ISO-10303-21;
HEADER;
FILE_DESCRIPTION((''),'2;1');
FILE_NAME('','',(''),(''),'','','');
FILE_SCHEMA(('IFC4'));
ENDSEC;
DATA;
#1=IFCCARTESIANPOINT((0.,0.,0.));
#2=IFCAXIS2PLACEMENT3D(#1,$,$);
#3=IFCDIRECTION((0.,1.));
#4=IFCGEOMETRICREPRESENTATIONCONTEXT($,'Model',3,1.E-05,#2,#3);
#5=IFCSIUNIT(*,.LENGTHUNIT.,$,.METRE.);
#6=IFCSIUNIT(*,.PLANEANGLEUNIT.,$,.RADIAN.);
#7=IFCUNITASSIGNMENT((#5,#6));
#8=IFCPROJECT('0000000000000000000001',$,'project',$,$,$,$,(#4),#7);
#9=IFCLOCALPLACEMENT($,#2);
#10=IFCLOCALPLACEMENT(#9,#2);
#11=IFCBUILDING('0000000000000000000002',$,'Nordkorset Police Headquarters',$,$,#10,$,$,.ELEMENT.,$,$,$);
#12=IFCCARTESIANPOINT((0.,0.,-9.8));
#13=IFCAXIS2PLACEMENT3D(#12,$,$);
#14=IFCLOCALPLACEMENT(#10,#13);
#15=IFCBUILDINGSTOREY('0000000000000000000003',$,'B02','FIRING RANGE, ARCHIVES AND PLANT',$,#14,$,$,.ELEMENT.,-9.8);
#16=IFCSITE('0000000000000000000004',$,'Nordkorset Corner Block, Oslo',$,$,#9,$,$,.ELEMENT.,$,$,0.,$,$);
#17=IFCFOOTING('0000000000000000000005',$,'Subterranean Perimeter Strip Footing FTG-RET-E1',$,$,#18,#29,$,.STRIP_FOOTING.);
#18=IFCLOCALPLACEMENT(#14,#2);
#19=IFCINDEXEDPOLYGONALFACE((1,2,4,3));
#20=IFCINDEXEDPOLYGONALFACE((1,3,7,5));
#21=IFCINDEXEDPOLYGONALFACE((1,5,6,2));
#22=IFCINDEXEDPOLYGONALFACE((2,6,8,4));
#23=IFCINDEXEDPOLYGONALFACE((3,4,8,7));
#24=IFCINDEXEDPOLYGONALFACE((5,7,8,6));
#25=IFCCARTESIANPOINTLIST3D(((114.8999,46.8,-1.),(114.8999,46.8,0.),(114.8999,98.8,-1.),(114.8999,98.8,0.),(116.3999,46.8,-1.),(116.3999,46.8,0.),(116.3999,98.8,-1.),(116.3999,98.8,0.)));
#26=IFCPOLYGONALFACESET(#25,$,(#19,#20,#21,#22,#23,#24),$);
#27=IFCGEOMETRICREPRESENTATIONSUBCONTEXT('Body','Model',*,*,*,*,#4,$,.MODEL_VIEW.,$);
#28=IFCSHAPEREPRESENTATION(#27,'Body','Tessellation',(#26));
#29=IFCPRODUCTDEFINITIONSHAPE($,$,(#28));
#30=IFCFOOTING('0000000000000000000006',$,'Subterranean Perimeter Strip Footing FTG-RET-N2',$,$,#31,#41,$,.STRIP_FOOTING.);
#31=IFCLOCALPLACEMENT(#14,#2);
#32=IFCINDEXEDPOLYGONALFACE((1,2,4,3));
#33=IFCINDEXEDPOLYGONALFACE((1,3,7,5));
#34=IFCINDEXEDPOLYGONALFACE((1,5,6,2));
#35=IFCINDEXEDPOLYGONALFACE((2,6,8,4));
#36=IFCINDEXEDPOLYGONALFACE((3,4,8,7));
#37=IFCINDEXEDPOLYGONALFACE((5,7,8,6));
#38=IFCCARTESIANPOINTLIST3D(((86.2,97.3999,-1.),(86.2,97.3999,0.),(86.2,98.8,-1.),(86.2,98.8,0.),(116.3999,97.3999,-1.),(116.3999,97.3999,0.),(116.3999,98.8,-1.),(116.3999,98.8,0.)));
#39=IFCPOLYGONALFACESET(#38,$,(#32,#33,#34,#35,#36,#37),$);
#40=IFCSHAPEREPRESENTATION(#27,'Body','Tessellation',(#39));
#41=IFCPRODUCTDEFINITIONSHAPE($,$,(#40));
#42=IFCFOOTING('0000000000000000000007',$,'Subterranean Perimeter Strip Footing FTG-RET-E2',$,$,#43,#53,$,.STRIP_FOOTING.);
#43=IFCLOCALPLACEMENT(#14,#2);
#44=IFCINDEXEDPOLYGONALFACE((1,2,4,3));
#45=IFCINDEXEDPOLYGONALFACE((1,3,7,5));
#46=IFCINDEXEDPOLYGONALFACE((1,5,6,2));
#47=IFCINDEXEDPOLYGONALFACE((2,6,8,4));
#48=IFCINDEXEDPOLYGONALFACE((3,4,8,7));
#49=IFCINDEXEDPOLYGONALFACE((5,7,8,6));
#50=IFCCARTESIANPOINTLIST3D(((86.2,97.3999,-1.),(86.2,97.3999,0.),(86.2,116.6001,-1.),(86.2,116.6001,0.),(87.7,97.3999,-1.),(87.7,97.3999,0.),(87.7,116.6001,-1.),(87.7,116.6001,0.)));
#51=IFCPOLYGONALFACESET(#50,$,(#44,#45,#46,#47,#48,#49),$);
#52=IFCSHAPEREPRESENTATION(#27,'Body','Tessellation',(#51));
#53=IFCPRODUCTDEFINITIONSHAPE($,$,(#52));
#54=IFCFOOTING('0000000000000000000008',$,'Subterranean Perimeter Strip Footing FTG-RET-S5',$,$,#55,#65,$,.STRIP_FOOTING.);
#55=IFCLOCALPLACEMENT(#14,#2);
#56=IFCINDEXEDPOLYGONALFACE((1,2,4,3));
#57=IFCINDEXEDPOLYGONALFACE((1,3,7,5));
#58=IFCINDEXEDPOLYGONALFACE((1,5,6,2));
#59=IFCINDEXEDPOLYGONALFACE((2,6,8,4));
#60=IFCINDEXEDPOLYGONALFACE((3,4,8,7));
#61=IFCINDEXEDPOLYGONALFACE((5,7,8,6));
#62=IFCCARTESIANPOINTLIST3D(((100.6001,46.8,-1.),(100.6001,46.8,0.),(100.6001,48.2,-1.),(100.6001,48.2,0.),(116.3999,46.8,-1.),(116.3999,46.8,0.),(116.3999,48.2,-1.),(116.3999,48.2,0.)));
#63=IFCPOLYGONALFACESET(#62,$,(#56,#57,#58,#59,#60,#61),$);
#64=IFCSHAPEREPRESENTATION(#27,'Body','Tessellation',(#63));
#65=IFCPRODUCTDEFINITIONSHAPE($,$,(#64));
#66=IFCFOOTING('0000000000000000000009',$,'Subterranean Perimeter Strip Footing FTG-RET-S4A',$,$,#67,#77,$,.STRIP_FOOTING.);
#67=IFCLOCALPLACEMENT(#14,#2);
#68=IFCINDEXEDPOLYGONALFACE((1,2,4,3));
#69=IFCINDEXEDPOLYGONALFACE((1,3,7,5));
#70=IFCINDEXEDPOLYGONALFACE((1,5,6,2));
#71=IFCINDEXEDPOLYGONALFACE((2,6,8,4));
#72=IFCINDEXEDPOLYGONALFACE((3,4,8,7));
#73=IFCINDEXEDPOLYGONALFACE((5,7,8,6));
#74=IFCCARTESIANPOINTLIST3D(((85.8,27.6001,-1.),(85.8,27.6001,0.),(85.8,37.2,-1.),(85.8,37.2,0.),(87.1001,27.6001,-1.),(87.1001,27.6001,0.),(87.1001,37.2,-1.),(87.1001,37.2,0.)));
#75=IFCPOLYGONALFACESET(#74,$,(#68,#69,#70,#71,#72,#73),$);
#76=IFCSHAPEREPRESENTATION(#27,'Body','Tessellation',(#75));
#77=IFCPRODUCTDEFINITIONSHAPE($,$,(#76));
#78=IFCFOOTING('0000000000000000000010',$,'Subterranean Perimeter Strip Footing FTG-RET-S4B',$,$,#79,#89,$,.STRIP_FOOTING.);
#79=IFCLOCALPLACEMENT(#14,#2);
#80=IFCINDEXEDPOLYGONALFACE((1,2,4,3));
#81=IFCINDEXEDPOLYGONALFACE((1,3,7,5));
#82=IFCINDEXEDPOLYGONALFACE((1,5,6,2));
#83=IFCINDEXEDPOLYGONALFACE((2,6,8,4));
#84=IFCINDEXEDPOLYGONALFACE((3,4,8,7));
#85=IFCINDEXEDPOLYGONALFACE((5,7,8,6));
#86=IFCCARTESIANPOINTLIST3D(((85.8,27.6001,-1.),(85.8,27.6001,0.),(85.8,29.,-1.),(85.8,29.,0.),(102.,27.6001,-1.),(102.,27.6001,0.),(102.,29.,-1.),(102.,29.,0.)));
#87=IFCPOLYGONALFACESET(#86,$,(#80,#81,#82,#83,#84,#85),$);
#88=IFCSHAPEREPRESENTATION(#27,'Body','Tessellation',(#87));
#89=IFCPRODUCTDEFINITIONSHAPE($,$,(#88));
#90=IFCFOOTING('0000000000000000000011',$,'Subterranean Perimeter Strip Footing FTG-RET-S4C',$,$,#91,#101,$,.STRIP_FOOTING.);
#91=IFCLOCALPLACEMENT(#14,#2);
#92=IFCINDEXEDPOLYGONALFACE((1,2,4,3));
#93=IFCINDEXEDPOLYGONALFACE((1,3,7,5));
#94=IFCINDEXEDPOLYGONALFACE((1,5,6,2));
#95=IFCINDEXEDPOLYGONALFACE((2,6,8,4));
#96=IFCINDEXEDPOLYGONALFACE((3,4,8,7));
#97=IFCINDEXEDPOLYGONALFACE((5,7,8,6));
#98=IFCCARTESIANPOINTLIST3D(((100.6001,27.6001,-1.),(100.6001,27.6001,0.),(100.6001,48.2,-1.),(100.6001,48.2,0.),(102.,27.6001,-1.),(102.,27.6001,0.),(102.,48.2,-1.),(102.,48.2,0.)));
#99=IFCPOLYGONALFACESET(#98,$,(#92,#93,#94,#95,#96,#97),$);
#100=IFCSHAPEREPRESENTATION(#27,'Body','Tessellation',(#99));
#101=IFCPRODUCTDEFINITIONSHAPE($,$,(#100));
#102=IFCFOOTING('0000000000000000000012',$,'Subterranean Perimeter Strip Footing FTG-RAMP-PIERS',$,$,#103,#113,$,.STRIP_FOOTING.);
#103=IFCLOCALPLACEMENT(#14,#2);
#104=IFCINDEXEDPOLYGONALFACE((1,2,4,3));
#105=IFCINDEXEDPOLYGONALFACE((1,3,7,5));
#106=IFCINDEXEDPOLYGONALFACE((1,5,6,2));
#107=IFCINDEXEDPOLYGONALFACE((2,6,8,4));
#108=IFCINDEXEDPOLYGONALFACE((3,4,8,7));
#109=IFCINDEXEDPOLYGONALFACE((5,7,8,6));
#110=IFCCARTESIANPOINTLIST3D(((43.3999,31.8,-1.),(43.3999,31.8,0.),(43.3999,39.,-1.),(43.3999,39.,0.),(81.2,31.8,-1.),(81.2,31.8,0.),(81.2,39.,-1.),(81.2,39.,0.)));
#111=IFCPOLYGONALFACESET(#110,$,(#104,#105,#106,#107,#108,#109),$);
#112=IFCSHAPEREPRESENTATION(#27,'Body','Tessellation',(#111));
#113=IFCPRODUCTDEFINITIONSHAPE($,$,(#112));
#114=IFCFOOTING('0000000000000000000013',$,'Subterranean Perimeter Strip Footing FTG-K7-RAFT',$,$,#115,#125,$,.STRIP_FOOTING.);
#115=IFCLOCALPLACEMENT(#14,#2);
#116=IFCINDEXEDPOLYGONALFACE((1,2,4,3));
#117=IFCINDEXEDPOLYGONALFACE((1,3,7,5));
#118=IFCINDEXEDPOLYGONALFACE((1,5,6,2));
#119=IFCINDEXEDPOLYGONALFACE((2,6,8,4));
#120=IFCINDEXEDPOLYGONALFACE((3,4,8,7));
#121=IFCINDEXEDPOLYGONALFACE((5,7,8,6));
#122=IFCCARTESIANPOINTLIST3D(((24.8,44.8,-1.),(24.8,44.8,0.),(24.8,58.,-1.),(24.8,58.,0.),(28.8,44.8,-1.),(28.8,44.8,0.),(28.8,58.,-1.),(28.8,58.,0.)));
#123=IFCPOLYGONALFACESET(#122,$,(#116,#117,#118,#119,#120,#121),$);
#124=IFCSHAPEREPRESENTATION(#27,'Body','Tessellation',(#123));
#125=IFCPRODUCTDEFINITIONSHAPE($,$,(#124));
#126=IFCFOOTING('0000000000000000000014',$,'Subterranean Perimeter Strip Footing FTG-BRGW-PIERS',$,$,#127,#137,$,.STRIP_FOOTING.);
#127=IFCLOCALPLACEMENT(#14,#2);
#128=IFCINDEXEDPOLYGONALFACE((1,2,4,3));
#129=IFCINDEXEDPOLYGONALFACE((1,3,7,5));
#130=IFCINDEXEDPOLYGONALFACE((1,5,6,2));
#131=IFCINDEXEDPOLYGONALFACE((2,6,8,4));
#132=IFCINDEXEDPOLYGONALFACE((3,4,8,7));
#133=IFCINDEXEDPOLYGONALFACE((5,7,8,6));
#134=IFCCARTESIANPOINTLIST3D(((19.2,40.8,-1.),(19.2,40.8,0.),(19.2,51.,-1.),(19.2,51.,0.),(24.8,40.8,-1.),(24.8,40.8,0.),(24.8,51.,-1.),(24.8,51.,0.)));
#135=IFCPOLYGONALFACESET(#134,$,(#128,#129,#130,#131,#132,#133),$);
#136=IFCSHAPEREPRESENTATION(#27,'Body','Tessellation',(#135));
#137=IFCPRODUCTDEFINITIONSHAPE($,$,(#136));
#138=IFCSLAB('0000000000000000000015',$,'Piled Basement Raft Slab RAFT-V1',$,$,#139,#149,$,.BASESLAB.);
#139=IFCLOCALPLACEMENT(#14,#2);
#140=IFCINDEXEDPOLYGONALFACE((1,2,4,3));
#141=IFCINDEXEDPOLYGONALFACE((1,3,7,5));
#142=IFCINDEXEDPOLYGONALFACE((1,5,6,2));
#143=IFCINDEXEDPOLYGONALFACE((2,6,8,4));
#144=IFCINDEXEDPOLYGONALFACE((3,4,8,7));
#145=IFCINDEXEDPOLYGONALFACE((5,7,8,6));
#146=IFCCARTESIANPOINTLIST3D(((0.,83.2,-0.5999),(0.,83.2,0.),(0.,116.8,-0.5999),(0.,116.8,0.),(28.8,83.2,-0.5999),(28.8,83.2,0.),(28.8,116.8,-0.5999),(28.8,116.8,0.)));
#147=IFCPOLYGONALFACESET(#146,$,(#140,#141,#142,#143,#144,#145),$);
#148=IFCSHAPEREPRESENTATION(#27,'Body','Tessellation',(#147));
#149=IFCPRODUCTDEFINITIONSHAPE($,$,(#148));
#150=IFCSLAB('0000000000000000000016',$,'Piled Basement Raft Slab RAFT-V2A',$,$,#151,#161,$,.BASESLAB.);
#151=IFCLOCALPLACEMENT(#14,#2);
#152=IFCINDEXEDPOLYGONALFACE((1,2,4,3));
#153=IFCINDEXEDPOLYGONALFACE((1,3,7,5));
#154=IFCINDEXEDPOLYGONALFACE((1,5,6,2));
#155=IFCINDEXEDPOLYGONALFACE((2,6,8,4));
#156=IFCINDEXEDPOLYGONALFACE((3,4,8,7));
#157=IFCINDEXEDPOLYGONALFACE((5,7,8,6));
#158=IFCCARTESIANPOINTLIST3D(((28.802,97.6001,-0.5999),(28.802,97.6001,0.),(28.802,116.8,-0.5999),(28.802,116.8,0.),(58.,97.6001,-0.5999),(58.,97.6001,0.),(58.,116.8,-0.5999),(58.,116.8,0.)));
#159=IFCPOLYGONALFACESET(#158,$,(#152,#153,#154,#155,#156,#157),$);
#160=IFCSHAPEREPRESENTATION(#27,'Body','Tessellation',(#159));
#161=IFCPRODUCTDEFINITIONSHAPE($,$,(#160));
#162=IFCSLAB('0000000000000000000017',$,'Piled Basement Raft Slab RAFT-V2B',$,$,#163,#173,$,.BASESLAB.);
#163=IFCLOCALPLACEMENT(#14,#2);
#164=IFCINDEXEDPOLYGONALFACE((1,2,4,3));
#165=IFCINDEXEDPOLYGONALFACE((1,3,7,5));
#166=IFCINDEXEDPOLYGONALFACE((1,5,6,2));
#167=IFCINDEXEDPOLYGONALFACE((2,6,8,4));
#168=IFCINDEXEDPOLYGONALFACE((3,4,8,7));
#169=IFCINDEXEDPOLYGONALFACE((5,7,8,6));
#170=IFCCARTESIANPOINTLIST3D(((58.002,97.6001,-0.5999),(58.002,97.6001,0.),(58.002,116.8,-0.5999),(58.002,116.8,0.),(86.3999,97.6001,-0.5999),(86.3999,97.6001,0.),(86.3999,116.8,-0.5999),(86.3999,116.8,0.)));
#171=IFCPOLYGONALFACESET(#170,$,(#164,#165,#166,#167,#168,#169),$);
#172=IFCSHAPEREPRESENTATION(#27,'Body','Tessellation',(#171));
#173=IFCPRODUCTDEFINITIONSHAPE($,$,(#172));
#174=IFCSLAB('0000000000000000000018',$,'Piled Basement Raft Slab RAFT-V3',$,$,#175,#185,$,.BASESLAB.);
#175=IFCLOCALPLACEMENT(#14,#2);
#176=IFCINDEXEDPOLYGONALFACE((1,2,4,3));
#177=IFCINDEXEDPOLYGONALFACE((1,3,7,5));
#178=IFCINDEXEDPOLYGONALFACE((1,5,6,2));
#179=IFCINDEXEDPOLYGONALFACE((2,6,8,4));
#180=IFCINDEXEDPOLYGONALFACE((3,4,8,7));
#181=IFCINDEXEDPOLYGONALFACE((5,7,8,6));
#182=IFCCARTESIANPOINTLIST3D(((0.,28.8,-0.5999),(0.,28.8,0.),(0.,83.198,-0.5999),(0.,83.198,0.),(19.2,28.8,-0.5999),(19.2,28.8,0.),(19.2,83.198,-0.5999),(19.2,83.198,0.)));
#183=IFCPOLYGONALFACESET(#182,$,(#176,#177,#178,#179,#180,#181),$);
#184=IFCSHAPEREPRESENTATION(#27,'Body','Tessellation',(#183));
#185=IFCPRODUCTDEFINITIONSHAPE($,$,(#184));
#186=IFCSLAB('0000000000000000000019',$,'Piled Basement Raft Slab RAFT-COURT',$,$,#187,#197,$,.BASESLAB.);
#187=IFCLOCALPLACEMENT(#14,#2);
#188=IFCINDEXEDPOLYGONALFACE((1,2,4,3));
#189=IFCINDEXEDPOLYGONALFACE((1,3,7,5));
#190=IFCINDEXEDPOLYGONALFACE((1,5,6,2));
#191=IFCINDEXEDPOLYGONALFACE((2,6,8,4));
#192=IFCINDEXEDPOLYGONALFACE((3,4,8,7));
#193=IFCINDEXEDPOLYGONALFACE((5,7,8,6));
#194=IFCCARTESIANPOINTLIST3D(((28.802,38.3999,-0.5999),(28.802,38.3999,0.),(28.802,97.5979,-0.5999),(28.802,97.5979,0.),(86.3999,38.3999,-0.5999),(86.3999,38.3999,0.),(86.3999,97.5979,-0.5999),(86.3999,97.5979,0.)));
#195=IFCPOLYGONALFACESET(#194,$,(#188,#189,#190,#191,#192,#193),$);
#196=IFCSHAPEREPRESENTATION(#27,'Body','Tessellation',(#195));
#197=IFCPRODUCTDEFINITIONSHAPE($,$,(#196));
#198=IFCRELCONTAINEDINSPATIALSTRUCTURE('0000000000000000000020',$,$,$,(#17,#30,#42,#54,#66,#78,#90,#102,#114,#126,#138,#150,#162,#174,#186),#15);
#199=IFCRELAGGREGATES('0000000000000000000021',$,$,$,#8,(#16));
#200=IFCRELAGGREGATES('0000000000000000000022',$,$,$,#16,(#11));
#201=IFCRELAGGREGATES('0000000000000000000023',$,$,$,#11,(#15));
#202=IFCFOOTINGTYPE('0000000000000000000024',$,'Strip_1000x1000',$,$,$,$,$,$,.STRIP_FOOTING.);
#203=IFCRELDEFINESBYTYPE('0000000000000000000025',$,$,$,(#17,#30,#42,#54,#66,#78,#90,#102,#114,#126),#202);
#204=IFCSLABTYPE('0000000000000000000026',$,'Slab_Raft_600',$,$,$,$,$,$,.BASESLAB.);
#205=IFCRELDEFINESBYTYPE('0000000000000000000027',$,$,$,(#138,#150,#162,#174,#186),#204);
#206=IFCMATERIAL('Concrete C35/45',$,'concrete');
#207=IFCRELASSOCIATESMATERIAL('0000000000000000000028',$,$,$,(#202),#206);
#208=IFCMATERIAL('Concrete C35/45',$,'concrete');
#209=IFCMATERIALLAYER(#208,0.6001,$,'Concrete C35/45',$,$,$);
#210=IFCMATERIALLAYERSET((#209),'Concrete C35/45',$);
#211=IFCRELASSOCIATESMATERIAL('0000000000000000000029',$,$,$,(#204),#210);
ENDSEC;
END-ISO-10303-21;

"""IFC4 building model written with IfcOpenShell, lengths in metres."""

from ifc_helpers import new_model, si_unit, direction, frame, origin, place, context, subcontext, project, spatial, polyline, outline, extrude, material, layer, layer_set, type_object, element, save


model = new_model("IFC4")

# Units and contexts
model_context = context("Model", 3, precision=1e-05, world=origin(), true_north=direction((0.0, 1.0)))
body_context = subcontext(model_context, "Body", "Model", "MODEL_VIEW")
ifc_project = project(units=[si_unit("LENGTHUNIT", "METRE"), si_unit("PLANEANGLEUNIT", "RADIAN")], contexts=[model_context])

# Site, building, storey
site_placement = place(None, origin())
site = spatial("IfcSite", under=ifc_project, at=site_placement, Name="Nordkorset Corner Block, Oslo", CompositionType="ELEMENT", RefElevation=0.0)
building_placement = place(site_placement, origin())
building = spatial("IfcBuilding", under=site, at=building_placement, Name="Nordkorset Police Headquarters", CompositionType="ELEMENT")
storey_placement = place(building_placement, frame((0.0, 0.0, -9.8)))
storey = spatial("IfcBuildingStorey", under=building, at=storey_placement, Name="B02", Description="FIRING RANGE, ARCHIVES AND PLANT", CompositionType="ELEMENT", Elevation=-9.8)

# Footings
ifc_material_1 = material(Name="Concrete C35/45", Category="concrete")
footing_type = type_object("IfcFootingType", Name="Strip_1000x1000", PredefinedType="STRIP_FOOTING", material=ifc_material_1)
footing_1_placement = place(storey_placement, frame((0.0, 0.0, -1.0)))
element("IfcFooting", 1, at=footing_1_placement, inside=storey, type_object=footing_type, Name="Subterranean Perimeter Strip Footing FTG-RET-E1", PredefinedType="STRIP_FOOTING", context=body_context, shape_type="SweptSolid", body=[
    extrude(outline(polyline([(114.8999, 46.8), (116.3999, 46.8), (116.3999, 98.8), (114.8999, 98.8), (114.8999, 46.8)])), origin(), (0.0, 0.0, 1.0), 1.0),
])
footing_2_placement = place(storey_placement, frame((0.0, 0.0, -1.0)))
element("IfcFooting", 2, at=footing_2_placement, inside=storey, type_object=footing_type, Name="Subterranean Perimeter Strip Footing FTG-RET-N2", PredefinedType="STRIP_FOOTING", context=body_context, shape_type="SweptSolid", body=[
    extrude(outline(polyline([(86.2, 97.3999), (116.3999, 97.3999), (116.3999, 98.8), (86.2, 98.8), (86.2, 97.3999)])), origin(), (0.0, 0.0, 1.0), 1.0),
])
footing_3_placement = place(storey_placement, frame((0.0, 0.0, -1.0)))
element("IfcFooting", 3, at=footing_3_placement, inside=storey, type_object=footing_type, Name="Subterranean Perimeter Strip Footing FTG-RET-E2", PredefinedType="STRIP_FOOTING", context=body_context, shape_type="SweptSolid", body=[
    extrude(outline(polyline([(86.2, 97.3999), (87.7, 97.3999), (87.7, 116.6001), (86.2, 116.6001), (86.2, 97.3999)])), origin(), (0.0, 0.0, 1.0), 1.0),
])
footing_4_placement = place(storey_placement, frame((0.0, 0.0, -1.0)))
element("IfcFooting", 4, at=footing_4_placement, inside=storey, type_object=footing_type, Name="Subterranean Perimeter Strip Footing FTG-RET-S5", PredefinedType="STRIP_FOOTING", context=body_context, shape_type="SweptSolid", body=[
    extrude(outline(polyline([(100.6001, 46.8), (116.3999, 46.8), (116.3999, 48.2), (100.6001, 48.2), (100.6001, 46.8)])), origin(), (0.0, 0.0, 1.0), 1.0),
])
footing_5_placement = place(storey_placement, frame((0.0, 0.0, -1.0)))
element("IfcFooting", 5, at=footing_5_placement, inside=storey, type_object=footing_type, Name="Subterranean Perimeter Strip Footing FTG-RET-S4A", PredefinedType="STRIP_FOOTING", context=body_context, shape_type="SweptSolid", body=[
    extrude(outline(polyline([(85.8, 27.6001), (87.1001, 27.6001), (87.1001, 37.2), (85.8, 37.2), (85.8, 27.6001)])), origin(), (0.0, 0.0, 1.0), 1.0),
])
footing_6_placement = place(storey_placement, frame((0.0, 0.0, -1.0)))
element("IfcFooting", 6, at=footing_6_placement, inside=storey, type_object=footing_type, Name="Subterranean Perimeter Strip Footing FTG-RET-S4B", PredefinedType="STRIP_FOOTING", context=body_context, shape_type="SweptSolid", body=[
    extrude(outline(polyline([(85.8, 27.6001), (102.0, 27.6001), (102.0, 29.0), (85.8, 29.0), (85.8, 27.6001)])), origin(), (0.0, 0.0, 1.0), 1.0),
])
footing_7_placement = place(storey_placement, frame((0.0, 0.0, -1.0)))
element("IfcFooting", 7, at=footing_7_placement, inside=storey, type_object=footing_type, Name="Subterranean Perimeter Strip Footing FTG-RET-S4C", PredefinedType="STRIP_FOOTING", context=body_context, shape_type="SweptSolid", body=[
    extrude(outline(polyline([(100.6001, 27.6001), (102.0, 27.6001), (102.0, 48.2), (100.6001, 48.2), (100.6001, 27.6001)])), origin(), (0.0, 0.0, 1.0), 1.0),
])
footing_8_placement = place(storey_placement, frame((0.0, 0.0, -1.0)))
element("IfcFooting", 8, at=footing_8_placement, inside=storey, type_object=footing_type, Name="Subterranean Perimeter Strip Footing FTG-RAMP-PIERS", PredefinedType="STRIP_FOOTING", context=body_context, shape_type="SweptSolid", body=[
    extrude(outline(polyline([(43.3999, 31.8), (81.2, 31.8), (81.2, 39.0), (43.3999, 39.0), (43.3999, 31.8)])), origin(), (0.0, 0.0, 1.0), 1.0),
])
footing_9_placement = place(storey_placement, frame((0.0, 0.0, -1.0)))
element("IfcFooting", 9, at=footing_9_placement, inside=storey, type_object=footing_type, Name="Subterranean Perimeter Strip Footing FTG-K7-RAFT", PredefinedType="STRIP_FOOTING", context=body_context, shape_type="SweptSolid", body=[
    extrude(outline(polyline([(24.8, 44.8), (28.8, 44.8), (28.8, 58.0), (24.8, 58.0), (24.8, 44.8)])), origin(), (0.0, 0.0, 1.0), 1.0),
])
footing_10_placement = place(storey_placement, frame((0.0, 0.0, -1.0)))
element("IfcFooting", 10, at=footing_10_placement, inside=storey, type_object=footing_type, Name="Subterranean Perimeter Strip Footing FTG-BRGW-PIERS", PredefinedType="STRIP_FOOTING", context=body_context, shape_type="SweptSolid", body=[
    extrude(outline(polyline([(19.2, 40.8), (24.8, 40.8), (24.8, 51.0), (19.2, 51.0), (19.2, 40.8)])), origin(), (0.0, 0.0, 1.0), 1.0),
])

# Slabs
ifc_material_2 = material(Name="Concrete C35/45", Category="concrete")
ifc_layer_1 = layer(ifc_material_2, 0.6001, Name="Concrete C35/45")
ifc_layer_set_1 = layer_set([ifc_layer_1], Name="Concrete C35/45")
slab_type_1 = type_object("IfcSlabType", Name="Slab_Raft_600", PredefinedType="BASESLAB", material=ifc_layer_set_1)
slab_1_placement = place(storey_placement, frame((0.0, 0.0, -0.5999)))
element("IfcSlab", 11, at=slab_1_placement, inside=storey, type_object=slab_type_1, Name="Piled Basement Raft Slab RAFT-V1", PredefinedType="BASESLAB", context=body_context, shape_type="SweptSolid", body=[
    extrude(outline(polyline([(0.0, 83.2), (28.8, 83.2), (28.8, 116.8), (0.0, 116.8), (0.0, 83.2)])), origin(), (0.0, 0.0, 1.0), 0.5999),
])
slab_2_placement = place(storey_placement, frame((0.0, 0.0, -0.5999)))
element("IfcSlab", 12, at=slab_2_placement, inside=storey, type_object=slab_type_1, Name="Piled Basement Raft Slab RAFT-V2A", PredefinedType="BASESLAB", context=body_context, shape_type="SweptSolid", body=[
    extrude(outline(polyline([(28.802, 97.6001), (58.0, 97.6001), (58.0, 116.8), (28.802, 116.8), (28.802, 97.6001)])), origin(), (0.0, 0.0, 1.0), 0.5999),
])
slab_3_placement = place(storey_placement, frame((0.0, 0.0, -0.5999)))
element("IfcSlab", 13, at=slab_3_placement, inside=storey, type_object=slab_type_1, Name="Piled Basement Raft Slab RAFT-V2B", PredefinedType="BASESLAB", context=body_context, shape_type="SweptSolid", body=[
    extrude(outline(polyline([(58.002, 97.6001), (86.3999, 97.6001), (86.3999, 116.8), (58.002, 116.8), (58.002, 97.6001)])), origin(), (0.0, 0.0, 1.0), 0.5999),
])
slab_4_placement = place(storey_placement, frame((0.0, 0.0, -0.5999)))
element("IfcSlab", 14, at=slab_4_placement, inside=storey, type_object=slab_type_1, Name="Piled Basement Raft Slab RAFT-V3", PredefinedType="BASESLAB", context=body_context, shape_type="SweptSolid", body=[
    extrude(outline(polyline([(0.0, 28.8), (19.2, 28.8), (19.2, 83.198), (0.0, 83.198), (0.0, 28.8)])), origin(), (0.0, 0.0, 1.0), 0.5999),
])
slab_5_placement = place(storey_placement, frame((0.0, 0.0, -0.5999)))
element("IfcSlab", 15, at=slab_5_placement, inside=storey, type_object=slab_type_1, Name="Piled Basement Raft Slab RAFT-COURT", PredefinedType="BASESLAB", context=body_context, shape_type="SweptSolid", body=[
    extrude(outline(polyline([(28.802, 38.3999), (86.3999, 38.3999), (86.3999, 97.5979), (28.802, 97.5979), (28.802, 38.3999)])), origin(), (0.0, 0.0, 1.0), 0.5999),
])

save(model, "model.ifc")
